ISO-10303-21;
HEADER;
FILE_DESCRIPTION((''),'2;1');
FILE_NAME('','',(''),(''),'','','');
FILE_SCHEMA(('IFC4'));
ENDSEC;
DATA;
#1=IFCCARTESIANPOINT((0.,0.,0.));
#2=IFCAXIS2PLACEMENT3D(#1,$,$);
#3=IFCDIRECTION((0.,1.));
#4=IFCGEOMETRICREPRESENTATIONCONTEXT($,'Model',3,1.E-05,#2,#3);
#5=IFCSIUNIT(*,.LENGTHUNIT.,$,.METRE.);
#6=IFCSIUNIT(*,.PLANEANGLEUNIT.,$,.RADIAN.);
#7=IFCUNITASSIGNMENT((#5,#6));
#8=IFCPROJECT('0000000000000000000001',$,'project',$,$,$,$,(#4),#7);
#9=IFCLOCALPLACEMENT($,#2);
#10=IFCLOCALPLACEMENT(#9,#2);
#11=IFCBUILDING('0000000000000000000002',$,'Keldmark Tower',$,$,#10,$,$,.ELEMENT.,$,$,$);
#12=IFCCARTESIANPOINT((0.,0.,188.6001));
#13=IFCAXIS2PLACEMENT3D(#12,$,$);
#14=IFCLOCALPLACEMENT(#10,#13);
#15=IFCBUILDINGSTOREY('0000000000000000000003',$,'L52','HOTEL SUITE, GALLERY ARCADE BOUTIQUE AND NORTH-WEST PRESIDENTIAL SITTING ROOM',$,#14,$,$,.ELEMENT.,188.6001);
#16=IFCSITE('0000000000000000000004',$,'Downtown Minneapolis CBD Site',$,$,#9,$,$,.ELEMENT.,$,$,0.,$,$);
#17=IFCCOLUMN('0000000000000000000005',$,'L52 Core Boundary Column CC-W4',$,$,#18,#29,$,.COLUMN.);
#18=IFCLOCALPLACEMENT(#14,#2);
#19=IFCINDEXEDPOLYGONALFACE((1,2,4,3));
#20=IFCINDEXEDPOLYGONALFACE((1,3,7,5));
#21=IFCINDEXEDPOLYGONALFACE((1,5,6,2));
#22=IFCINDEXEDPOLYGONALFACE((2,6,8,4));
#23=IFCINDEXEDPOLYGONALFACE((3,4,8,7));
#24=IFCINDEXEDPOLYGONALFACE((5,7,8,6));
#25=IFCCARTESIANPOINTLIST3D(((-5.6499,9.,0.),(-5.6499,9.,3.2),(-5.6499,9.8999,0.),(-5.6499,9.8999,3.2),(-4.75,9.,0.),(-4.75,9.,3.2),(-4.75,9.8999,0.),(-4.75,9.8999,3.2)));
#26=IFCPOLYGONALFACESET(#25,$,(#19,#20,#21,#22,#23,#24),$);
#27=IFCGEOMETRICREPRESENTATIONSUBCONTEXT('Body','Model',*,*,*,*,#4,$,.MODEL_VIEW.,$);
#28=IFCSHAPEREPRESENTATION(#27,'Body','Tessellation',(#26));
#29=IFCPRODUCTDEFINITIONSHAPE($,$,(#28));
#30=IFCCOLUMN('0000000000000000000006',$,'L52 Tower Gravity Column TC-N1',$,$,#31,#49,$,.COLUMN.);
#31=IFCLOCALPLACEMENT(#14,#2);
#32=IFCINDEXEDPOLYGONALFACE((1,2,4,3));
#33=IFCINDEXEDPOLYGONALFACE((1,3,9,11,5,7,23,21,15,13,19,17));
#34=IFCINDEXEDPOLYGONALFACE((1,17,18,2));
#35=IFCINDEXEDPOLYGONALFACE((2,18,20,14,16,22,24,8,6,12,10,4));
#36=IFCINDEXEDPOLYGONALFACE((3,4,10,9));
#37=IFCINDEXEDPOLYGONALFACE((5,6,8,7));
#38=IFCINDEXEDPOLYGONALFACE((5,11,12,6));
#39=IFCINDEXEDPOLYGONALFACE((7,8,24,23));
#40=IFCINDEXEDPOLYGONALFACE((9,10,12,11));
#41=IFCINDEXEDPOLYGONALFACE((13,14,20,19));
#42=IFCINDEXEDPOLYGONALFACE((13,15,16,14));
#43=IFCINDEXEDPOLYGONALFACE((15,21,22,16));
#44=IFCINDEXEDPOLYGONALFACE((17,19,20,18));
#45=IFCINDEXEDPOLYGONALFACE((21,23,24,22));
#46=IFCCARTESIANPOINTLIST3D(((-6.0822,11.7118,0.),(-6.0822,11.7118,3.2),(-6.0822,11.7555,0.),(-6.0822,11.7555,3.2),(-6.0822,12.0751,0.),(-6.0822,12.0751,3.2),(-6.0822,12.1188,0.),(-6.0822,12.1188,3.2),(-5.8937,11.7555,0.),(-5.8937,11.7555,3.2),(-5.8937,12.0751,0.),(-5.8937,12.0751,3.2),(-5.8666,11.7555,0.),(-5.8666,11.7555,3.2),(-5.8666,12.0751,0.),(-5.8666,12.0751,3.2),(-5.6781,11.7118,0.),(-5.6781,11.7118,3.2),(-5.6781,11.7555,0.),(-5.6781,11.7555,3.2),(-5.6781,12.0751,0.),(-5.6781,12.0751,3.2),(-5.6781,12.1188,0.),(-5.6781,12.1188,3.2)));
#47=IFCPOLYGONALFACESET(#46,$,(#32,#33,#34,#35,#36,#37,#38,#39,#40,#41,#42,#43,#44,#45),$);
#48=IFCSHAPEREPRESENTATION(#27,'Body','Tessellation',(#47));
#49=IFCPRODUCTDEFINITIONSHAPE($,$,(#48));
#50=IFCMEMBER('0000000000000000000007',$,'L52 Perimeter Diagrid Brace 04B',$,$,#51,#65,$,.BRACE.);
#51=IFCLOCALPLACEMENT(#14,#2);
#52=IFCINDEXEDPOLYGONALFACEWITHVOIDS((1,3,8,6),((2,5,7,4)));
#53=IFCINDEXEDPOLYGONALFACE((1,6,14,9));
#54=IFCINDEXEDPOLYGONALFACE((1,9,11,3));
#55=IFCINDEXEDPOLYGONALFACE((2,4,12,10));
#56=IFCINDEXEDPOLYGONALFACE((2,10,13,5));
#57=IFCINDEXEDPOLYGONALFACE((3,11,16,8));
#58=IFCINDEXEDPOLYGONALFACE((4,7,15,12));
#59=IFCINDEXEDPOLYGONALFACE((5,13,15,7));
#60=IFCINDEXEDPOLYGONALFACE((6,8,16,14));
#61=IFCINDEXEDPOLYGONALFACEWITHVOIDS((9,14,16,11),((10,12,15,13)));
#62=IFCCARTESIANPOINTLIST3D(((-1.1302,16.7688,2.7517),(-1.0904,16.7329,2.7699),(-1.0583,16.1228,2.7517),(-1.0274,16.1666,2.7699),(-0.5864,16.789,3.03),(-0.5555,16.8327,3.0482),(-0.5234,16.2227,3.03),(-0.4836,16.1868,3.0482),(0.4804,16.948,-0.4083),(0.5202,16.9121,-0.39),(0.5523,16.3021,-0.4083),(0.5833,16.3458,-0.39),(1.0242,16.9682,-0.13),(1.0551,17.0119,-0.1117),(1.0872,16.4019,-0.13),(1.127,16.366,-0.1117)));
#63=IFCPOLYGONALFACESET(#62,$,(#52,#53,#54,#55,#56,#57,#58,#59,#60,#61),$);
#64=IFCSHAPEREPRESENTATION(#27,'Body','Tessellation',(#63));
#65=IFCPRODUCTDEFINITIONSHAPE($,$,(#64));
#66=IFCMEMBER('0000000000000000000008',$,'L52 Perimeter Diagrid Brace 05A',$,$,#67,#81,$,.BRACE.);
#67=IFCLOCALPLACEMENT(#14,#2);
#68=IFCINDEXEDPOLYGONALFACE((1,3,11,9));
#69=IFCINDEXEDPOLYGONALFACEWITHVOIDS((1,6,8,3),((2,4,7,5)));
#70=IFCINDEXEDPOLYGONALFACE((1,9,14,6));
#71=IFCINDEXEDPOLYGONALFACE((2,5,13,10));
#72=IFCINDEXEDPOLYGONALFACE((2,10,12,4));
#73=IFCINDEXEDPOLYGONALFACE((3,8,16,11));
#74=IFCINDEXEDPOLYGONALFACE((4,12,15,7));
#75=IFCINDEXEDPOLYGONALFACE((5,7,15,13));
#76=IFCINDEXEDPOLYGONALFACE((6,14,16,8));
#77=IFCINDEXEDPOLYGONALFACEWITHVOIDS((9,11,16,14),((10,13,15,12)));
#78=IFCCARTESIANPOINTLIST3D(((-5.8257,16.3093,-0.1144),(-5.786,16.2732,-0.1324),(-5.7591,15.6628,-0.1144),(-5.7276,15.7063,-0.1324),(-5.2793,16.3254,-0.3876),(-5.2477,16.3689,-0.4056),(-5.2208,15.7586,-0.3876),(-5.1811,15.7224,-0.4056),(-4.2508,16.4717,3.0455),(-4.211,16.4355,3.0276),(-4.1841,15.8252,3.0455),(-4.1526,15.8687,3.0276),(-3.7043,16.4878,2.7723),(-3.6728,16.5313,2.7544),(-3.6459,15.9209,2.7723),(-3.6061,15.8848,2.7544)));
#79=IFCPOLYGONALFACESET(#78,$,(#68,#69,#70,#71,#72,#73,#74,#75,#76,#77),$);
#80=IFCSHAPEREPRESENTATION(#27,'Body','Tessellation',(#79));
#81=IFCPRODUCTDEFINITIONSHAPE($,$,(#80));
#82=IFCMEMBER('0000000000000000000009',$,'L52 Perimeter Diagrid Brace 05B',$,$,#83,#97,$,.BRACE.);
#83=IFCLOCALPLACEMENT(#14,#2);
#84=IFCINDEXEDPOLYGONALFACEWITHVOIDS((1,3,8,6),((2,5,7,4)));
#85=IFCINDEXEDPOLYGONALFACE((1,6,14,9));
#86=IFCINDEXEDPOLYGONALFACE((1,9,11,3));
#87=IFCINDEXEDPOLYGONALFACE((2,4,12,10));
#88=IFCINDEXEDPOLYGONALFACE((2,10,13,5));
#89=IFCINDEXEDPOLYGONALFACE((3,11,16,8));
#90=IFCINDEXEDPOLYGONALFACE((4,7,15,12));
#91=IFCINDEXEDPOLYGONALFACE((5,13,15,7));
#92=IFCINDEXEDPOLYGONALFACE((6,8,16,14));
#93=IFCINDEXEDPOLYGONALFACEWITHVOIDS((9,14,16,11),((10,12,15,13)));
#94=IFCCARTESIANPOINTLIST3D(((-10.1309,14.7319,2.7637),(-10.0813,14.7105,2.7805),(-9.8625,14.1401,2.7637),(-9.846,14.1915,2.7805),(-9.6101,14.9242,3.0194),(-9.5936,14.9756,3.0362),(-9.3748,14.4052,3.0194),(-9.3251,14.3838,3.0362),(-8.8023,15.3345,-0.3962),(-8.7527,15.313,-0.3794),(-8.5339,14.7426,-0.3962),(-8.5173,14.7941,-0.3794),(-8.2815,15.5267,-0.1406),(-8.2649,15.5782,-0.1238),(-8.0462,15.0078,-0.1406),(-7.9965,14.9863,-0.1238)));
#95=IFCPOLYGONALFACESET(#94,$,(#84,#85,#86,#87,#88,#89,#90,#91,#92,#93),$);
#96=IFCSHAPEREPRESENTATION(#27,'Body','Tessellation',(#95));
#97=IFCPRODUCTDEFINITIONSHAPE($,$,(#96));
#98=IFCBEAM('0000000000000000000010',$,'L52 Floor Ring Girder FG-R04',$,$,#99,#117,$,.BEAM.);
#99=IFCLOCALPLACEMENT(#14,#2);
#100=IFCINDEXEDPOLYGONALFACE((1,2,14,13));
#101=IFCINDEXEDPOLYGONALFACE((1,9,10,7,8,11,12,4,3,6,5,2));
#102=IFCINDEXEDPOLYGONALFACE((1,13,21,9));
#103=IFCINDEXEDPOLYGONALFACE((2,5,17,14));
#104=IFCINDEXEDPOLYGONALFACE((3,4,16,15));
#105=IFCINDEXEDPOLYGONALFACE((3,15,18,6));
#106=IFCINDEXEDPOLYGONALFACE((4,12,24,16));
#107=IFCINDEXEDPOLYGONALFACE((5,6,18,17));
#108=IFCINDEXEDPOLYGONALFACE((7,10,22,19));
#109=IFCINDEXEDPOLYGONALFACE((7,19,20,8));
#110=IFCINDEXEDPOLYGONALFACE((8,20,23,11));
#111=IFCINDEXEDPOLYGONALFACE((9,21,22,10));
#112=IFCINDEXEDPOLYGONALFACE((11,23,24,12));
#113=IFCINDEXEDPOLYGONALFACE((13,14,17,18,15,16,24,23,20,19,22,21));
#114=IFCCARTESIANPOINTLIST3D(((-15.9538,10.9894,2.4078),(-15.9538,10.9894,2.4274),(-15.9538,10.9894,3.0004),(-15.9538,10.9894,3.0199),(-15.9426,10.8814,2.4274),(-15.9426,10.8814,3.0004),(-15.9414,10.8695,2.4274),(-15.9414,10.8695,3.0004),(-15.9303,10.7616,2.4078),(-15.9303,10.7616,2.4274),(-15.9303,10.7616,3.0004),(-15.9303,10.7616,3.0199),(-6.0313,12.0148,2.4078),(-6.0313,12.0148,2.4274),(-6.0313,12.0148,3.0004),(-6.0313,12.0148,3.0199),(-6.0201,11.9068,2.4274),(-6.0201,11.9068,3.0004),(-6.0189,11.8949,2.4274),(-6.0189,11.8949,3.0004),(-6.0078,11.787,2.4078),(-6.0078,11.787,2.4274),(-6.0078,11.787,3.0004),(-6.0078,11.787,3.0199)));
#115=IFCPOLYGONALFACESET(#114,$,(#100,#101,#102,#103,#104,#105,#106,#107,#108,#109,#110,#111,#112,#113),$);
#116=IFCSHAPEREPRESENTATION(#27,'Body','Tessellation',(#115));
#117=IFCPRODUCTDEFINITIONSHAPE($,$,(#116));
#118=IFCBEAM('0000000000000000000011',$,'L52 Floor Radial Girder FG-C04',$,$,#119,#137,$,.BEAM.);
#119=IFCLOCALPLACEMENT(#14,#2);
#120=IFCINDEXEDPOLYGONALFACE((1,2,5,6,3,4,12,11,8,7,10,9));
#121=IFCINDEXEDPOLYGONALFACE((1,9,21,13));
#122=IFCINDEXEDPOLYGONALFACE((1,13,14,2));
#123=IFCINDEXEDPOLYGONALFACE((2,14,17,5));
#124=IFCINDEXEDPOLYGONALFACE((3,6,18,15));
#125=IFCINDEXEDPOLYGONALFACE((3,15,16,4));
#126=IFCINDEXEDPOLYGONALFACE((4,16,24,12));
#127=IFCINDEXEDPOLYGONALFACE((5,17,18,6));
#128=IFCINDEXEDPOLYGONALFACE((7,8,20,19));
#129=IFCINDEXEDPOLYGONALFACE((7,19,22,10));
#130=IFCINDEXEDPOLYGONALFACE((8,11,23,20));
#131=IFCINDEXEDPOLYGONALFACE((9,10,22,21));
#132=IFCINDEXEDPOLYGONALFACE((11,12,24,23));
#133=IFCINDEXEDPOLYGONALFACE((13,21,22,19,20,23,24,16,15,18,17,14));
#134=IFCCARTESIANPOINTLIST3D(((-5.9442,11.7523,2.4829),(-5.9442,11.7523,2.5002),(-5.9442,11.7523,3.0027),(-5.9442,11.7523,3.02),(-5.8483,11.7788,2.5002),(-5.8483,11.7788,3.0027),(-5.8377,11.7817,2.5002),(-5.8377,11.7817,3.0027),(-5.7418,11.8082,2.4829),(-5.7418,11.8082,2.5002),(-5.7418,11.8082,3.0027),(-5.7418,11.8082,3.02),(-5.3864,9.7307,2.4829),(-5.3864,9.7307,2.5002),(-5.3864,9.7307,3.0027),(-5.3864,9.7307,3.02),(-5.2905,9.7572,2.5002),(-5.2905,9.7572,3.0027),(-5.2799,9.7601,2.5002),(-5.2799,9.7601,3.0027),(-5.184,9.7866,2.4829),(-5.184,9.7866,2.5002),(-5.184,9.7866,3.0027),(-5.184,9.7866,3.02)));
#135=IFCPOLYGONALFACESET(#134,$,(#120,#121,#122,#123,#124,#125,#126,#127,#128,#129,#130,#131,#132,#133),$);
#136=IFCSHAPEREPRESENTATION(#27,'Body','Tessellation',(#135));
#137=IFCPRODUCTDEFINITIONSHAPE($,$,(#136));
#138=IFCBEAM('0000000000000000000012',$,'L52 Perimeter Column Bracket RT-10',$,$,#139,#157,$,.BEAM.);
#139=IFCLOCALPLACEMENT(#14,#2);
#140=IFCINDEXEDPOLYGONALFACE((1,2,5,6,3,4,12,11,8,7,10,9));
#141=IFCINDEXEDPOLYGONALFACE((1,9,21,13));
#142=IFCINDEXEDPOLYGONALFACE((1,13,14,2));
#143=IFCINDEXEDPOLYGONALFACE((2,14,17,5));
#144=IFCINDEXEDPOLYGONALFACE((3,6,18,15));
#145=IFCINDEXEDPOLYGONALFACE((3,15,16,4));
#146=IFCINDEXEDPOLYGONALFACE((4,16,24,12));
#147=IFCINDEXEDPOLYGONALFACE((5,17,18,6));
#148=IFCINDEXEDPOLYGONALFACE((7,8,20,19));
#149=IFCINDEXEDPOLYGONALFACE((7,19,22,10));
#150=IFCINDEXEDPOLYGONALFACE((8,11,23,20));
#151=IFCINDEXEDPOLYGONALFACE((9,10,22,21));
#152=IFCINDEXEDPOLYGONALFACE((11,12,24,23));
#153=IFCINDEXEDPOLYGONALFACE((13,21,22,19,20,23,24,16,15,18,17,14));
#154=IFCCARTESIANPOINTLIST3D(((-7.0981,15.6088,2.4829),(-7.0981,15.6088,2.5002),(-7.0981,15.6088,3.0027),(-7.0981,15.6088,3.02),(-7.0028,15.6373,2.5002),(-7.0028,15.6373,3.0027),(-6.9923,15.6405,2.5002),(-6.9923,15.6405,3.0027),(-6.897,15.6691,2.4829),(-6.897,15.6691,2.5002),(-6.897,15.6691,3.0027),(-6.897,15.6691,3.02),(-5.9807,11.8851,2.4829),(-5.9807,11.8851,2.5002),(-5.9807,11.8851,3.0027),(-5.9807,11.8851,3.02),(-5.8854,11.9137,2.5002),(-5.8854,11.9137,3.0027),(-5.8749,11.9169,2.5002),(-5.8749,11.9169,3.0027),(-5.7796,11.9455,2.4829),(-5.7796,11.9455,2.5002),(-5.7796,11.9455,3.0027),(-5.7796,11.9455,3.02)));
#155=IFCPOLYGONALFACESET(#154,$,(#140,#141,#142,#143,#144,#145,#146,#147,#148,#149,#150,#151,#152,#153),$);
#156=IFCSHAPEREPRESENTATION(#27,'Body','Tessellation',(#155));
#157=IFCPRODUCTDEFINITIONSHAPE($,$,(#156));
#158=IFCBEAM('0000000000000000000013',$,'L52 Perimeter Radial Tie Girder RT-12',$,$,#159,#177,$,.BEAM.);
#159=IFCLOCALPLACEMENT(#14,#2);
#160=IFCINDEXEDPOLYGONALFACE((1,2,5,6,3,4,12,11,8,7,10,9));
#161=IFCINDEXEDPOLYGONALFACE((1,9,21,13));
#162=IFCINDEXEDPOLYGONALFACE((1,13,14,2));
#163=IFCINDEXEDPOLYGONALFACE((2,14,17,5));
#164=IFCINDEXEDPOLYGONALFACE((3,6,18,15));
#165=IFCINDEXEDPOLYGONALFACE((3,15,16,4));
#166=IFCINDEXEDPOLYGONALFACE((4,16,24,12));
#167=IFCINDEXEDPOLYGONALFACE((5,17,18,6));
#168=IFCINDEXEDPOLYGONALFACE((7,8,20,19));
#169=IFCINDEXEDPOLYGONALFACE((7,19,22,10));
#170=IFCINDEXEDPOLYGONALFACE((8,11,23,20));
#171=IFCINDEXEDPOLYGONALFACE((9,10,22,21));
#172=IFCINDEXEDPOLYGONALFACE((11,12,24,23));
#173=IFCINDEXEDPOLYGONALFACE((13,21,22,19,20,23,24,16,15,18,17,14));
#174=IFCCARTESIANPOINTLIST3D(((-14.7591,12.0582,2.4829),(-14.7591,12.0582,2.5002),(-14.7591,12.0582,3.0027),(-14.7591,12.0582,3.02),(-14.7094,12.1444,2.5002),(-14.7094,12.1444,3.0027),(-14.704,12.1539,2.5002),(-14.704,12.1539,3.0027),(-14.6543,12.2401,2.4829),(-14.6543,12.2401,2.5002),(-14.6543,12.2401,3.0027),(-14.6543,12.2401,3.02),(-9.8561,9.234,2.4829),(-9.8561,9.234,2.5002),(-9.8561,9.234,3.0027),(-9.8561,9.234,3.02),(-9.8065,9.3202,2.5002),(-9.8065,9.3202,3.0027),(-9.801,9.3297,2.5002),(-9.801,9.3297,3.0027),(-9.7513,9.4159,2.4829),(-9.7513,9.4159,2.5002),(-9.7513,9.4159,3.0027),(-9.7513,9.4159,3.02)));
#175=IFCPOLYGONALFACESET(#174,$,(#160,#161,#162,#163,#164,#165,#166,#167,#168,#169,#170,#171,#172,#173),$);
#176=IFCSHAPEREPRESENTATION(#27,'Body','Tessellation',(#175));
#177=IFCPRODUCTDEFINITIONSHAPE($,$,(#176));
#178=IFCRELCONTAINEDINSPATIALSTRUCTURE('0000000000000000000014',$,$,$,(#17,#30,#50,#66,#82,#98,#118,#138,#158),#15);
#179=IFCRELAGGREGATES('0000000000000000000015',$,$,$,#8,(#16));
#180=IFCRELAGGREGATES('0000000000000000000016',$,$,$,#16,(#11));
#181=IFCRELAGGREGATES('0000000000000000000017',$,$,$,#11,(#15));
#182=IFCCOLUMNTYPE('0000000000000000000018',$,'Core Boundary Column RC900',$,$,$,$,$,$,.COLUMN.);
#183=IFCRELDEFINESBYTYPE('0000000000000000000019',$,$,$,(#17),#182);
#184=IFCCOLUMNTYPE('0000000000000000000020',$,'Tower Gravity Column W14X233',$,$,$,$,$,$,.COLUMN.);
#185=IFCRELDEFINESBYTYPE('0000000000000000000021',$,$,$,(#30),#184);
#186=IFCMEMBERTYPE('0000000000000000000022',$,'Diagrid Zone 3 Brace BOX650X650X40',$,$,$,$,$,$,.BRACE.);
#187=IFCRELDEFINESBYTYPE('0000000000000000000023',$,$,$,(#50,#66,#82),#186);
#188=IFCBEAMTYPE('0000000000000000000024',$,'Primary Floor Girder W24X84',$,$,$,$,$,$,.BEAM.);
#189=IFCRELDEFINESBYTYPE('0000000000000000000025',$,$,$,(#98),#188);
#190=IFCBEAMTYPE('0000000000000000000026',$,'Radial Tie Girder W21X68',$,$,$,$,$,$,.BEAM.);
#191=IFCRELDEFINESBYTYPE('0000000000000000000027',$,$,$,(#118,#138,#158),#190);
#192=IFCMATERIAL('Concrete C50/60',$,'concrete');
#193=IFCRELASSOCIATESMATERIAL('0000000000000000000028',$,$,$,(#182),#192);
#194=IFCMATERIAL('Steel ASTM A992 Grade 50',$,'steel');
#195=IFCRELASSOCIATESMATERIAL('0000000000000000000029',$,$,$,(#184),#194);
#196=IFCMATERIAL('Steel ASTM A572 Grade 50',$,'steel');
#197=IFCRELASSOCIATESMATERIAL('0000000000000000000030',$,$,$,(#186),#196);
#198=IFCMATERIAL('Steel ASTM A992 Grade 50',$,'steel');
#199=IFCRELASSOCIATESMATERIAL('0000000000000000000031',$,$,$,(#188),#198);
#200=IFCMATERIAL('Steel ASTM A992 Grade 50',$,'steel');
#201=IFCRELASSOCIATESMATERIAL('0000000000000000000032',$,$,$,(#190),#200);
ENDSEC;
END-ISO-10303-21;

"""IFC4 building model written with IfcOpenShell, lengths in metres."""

from ifc_helpers import new_model, si_unit, direction, frame, origin, origin_2d, place, context, subcontext, project, spatial, rectangle, hollow_rectangle, i_section, extrude, material, material_profile, profile_set, type_object, element, save


model = new_model("IFC4")

# Units and contexts
model_context = context("Model", 3, precision=1e-05, world=origin(), true_north=direction((0.0, 1.0)))
body_context = subcontext(model_context, "Body", "Model", "MODEL_VIEW")
ifc_project = project(units=[si_unit("LENGTHUNIT", "METRE"), si_unit("PLANEANGLEUNIT", "RADIAN")], contexts=[model_context])

# Site, building, storey
site_placement = place(None, origin())
site = spatial("IfcSite", under=ifc_project, at=site_placement, Name="Downtown Minneapolis CBD Site", CompositionType="ELEMENT", RefElevation=0.0)
building_placement = place(site_placement, origin())
building = spatial("IfcBuilding", under=site, at=building_placement, Name="Keldmark Tower", CompositionType="ELEMENT")
storey_placement = place(building_placement, frame((0.0, 0.0, 188.6001)))
storey = spatial("IfcBuildingStorey", under=building, at=storey_placement, Name="L52", Description="HOTEL SUITE, GALLERY ARCADE BOUTIQUE AND NORTH-WEST PRESIDENTIAL SITTING ROOM", CompositionType="ELEMENT", Elevation=188.6001)

# Columns
ifc_material_1 = material(Name="Concrete C50/60", Category="concrete")
ifc_material_profile_1 = material_profile(ifc_material_1, rectangle(XDim=0.8999, YDim=0.8999, at=origin_2d()), Name="RC900X900")
ifc_profile_set_1 = profile_set([ifc_material_profile_1], Name="Concrete C50/60")
column_type_1 = type_object("IfcColumnType", Name="Core Boundary Column RC900", PredefinedType="COLUMN", material=ifc_profile_set_1)
column_1_placement = place(storey_placement, frame((-5.2, 9.45, 0.0), z_axis=(0.0, 0.0, 1.0), x_axis=(1.0, 0.0, 0.0)))
element("IfcColumn", 1, at=column_1_placement, inside=storey, type_object=column_type_1, Name="L52 Core Boundary Column CC-W4", PredefinedType="COLUMN", context=body_context, shape_type="SweptSolid", body=[
    extrude(rectangle(XDim=0.8999, YDim=0.8999, at=origin_2d()), origin(), (0.0, 0.0, 1.0), 3.2),
])
ifc_material_2 = material(Name="Steel ASTM A992 Grade 50", Category="steel")
ifc_material_profile_2 = material_profile(ifc_material_2, i_section(OverallWidth=0.4041, OverallDepth=0.407, WebThickness=0.0271, FlangeThickness=0.0437, at=origin_2d()), Name="W14X233")
ifc_profile_set_2 = profile_set([ifc_material_profile_2], Name="Steel ASTM A992 Grade 50")
column_type_2 = type_object("IfcColumnType", Name="Tower Gravity Column W14X233", PredefinedType="COLUMN", material=ifc_profile_set_2)
column_2_placement = place(storey_placement, frame((-5.8801, 11.9153, 0.0), z_axis=(0.0, 0.0, 1.0), x_axis=(1.0, 0.0, 0.0)))
element("IfcColumn", 2, at=column_2_placement, inside=storey, type_object=column_type_2, Name="L52 Tower Gravity Column TC-N1", PredefinedType="COLUMN", context=body_context, shape_type="SweptSolid", body=[
    extrude(i_section(OverallWidth=0.4041, OverallDepth=0.407, WebThickness=0.0271, FlangeThickness=0.0437, at=origin_2d()), origin(), (0.0, 0.0, 1.0), 3.2),
])

# Members
ifc_material_3 = material(Name="Steel ASTM A572 Grade 50", Category="steel")
ifc_material_profile_3 = material_profile(ifc_material_3, hollow_rectangle(XDim=0.6499, YDim=0.6499, WallThickness=0.04, at=origin_2d()), Name="BOX650X650X40")
ifc_profile_set_3 = profile_set([ifc_material_profile_3], Name="Steel ASTM A572 Grade 50")
member_type = type_object("IfcMemberType", Name="Diagrid Zone 3 Brace BOX650X650X40", PredefinedType="BRACE", material=ifc_profile_set_3)
member_1_placement = place(storey_placement, frame((0.8037, 16.657, -0.26), z_axis=(-0.453533, -0.050461, 0.88981), x_axis=(0.11058, -0.993867, 0.0)))
element("IfcMember", 3, at=member_1_placement, inside=storey, type_object=member_type, Name="L52 Perimeter Diagrid Brace 04B", PredefinedType="BRACE", context=body_context, shape_type="SweptSolid", body=[
    extrude(hollow_rectangle(XDim=0.6499, YDim=0.6499, WallThickness=0.04, at=origin_2d()), origin(), (0.0, 0.0, 1.0), 3.5513),
])
member_2_placement = place(storey_placement, frame((-5.5034, 16.0159, -0.26), z_axis=(0.445608, 0.045935, 0.894049), x_axis=(-0.102541, 0.994729, 0.0)))
element("IfcMember", 4, at=member_2_placement, inside=storey, type_object=member_type, Name="L52 Perimeter Diagrid Brace 05A", PredefinedType="BRACE", context=body_context, shape_type="SweptSolid", body=[
    extrude(hollow_rectangle(XDim=0.6499, YDim=0.6499, WallThickness=0.04, at=origin_2d()), origin(), (0.0, 0.0, 1.0), 3.5344),
])
member_3_placement = place(storey_placement, frame((-8.3994, 15.1604, -0.26), z_axis=(-0.38174, -0.173123, 0.907912), x_axis=(0.413021, -0.910721, 0.0)))
element("IfcMember", 5, at=member_3_placement, inside=storey, type_object=member_type, Name="L52 Perimeter Diagrid Brace 05B", PredefinedType="BRACE", context=body_context, shape_type="SweptSolid", body=[
    extrude(hollow_rectangle(XDim=0.6499, YDim=0.6499, WallThickness=0.04, at=origin_2d()), origin(), (0.0, 0.0, 1.0), 3.4805),
])

# Beams
ifc_material_4 = material(Name="Steel ASTM A992 Grade 50", Category="steel")
ifc_material_profile_4 = material_profile(ifc_material_4, i_section(OverallWidth=0.229, OverallDepth=0.6121, WebThickness=0.012, FlangeThickness=0.0195, at=origin_2d()), Name="W24X84")
ifc_profile_set_4 = profile_set([ifc_material_profile_4], Name="Steel ASTM A992 Grade 50")
beam_type_1 = type_object("IfcBeamType", Name="Primary Floor Girder W24X84", PredefinedType="BEAM", material=ifc_profile_set_4)
beam_1_placement = place(storey_placement, frame((-6.0195, 11.9009, 2.7139), z_axis=(-0.994703, -0.102791, 0.0), x_axis=(0.102791, -0.994703, 0.0)))
element("IfcBeam", 6, at=beam_1_placement, inside=storey, type_object=beam_type_1, Name="L52 Floor Ring Girder FG-R04", PredefinedType="BEAM", context=body_context, shape_type="SweptSolid", body=[
    extrude(i_section(OverallWidth=0.229, OverallDepth=0.6121, WebThickness=0.012, FlangeThickness=0.0195, at=origin_2d()), origin(), (0.0, 0.0, 1.0), 9.9753),
])
ifc_material_5 = material(Name="Steel ASTM A992 Grade 50", Category="steel")
ifc_material_profile_5 = material_profile(ifc_material_5, i_section(OverallWidth=0.21, OverallDepth=0.5371, WebThickness=0.011, FlangeThickness=0.0173, at=origin_2d()), Name="W21X68")
ifc_profile_set_5 = profile_set([ifc_material_profile_5], Name="Steel ASTM A992 Grade 50")
beam_type_2 = type_object("IfcBeamType", Name="Radial Tie Girder W21X68", PredefinedType="BEAM", material=ifc_profile_set_5)
beam_2_placement = place(storey_placement, frame((-5.843, 11.7803, 2.7515), z_axis=(0.265992, -0.963975, 0.0), x_axis=(0.963975, 0.265992, 0.0)))
element("IfcBeam", 7, at=beam_2_placement, inside=storey, type_object=beam_type_2, Name="L52 Floor Radial Girder FG-C04", PredefinedType="BEAM", context=body_context, shape_type="SweptSolid", body=[
    extrude(i_section(OverallWidth=0.21, OverallDepth=0.5371, WebThickness=0.011, FlangeThickness=0.0173, at=origin_2d()), origin(), (0.0, 0.0, 1.0), 2.0972),
])
beam_3_placement = place(storey_placement, frame((-5.8801, 11.9153, 2.7515), z_axis=(-0.287429, 0.957802, 0.0), x_axis=(-0.957802, -0.287429, 0.0)))
element("IfcBeam", 8, at=beam_3_placement, inside=storey, type_object=beam_type_2, Name="L52 Perimeter Column Bracket RT-10", PredefinedType="BEAM", context=body_context, shape_type="SweptSolid", body=[
    extrude(i_section(OverallWidth=0.21, OverallDepth=0.5371, WebThickness=0.011, FlangeThickness=0.0173, at=origin_2d()), origin(), (0.0, 0.0, 1.0), 3.8877),
])
beam_4_placement = place(storey_placement, frame((-9.8037, 9.325, 2.7515), z_axis=(-0.866528, 0.499128, 0.0), x_axis=(-0.499128, -0.866528, 0.0)))
element("IfcBeam", 9, at=beam_4_placement, inside=storey, type_object=beam_type_2, Name="L52 Perimeter Radial Tie Girder RT-12", PredefinedType="BEAM", context=body_context, shape_type="SweptSolid", body=[
    extrude(i_section(OverallWidth=0.21, OverallDepth=0.5371, WebThickness=0.011, FlangeThickness=0.0173, at=origin_2d()), origin(), (0.0, 0.0, 1.0), 5.6582),
])

save(model, "model.ifc")
